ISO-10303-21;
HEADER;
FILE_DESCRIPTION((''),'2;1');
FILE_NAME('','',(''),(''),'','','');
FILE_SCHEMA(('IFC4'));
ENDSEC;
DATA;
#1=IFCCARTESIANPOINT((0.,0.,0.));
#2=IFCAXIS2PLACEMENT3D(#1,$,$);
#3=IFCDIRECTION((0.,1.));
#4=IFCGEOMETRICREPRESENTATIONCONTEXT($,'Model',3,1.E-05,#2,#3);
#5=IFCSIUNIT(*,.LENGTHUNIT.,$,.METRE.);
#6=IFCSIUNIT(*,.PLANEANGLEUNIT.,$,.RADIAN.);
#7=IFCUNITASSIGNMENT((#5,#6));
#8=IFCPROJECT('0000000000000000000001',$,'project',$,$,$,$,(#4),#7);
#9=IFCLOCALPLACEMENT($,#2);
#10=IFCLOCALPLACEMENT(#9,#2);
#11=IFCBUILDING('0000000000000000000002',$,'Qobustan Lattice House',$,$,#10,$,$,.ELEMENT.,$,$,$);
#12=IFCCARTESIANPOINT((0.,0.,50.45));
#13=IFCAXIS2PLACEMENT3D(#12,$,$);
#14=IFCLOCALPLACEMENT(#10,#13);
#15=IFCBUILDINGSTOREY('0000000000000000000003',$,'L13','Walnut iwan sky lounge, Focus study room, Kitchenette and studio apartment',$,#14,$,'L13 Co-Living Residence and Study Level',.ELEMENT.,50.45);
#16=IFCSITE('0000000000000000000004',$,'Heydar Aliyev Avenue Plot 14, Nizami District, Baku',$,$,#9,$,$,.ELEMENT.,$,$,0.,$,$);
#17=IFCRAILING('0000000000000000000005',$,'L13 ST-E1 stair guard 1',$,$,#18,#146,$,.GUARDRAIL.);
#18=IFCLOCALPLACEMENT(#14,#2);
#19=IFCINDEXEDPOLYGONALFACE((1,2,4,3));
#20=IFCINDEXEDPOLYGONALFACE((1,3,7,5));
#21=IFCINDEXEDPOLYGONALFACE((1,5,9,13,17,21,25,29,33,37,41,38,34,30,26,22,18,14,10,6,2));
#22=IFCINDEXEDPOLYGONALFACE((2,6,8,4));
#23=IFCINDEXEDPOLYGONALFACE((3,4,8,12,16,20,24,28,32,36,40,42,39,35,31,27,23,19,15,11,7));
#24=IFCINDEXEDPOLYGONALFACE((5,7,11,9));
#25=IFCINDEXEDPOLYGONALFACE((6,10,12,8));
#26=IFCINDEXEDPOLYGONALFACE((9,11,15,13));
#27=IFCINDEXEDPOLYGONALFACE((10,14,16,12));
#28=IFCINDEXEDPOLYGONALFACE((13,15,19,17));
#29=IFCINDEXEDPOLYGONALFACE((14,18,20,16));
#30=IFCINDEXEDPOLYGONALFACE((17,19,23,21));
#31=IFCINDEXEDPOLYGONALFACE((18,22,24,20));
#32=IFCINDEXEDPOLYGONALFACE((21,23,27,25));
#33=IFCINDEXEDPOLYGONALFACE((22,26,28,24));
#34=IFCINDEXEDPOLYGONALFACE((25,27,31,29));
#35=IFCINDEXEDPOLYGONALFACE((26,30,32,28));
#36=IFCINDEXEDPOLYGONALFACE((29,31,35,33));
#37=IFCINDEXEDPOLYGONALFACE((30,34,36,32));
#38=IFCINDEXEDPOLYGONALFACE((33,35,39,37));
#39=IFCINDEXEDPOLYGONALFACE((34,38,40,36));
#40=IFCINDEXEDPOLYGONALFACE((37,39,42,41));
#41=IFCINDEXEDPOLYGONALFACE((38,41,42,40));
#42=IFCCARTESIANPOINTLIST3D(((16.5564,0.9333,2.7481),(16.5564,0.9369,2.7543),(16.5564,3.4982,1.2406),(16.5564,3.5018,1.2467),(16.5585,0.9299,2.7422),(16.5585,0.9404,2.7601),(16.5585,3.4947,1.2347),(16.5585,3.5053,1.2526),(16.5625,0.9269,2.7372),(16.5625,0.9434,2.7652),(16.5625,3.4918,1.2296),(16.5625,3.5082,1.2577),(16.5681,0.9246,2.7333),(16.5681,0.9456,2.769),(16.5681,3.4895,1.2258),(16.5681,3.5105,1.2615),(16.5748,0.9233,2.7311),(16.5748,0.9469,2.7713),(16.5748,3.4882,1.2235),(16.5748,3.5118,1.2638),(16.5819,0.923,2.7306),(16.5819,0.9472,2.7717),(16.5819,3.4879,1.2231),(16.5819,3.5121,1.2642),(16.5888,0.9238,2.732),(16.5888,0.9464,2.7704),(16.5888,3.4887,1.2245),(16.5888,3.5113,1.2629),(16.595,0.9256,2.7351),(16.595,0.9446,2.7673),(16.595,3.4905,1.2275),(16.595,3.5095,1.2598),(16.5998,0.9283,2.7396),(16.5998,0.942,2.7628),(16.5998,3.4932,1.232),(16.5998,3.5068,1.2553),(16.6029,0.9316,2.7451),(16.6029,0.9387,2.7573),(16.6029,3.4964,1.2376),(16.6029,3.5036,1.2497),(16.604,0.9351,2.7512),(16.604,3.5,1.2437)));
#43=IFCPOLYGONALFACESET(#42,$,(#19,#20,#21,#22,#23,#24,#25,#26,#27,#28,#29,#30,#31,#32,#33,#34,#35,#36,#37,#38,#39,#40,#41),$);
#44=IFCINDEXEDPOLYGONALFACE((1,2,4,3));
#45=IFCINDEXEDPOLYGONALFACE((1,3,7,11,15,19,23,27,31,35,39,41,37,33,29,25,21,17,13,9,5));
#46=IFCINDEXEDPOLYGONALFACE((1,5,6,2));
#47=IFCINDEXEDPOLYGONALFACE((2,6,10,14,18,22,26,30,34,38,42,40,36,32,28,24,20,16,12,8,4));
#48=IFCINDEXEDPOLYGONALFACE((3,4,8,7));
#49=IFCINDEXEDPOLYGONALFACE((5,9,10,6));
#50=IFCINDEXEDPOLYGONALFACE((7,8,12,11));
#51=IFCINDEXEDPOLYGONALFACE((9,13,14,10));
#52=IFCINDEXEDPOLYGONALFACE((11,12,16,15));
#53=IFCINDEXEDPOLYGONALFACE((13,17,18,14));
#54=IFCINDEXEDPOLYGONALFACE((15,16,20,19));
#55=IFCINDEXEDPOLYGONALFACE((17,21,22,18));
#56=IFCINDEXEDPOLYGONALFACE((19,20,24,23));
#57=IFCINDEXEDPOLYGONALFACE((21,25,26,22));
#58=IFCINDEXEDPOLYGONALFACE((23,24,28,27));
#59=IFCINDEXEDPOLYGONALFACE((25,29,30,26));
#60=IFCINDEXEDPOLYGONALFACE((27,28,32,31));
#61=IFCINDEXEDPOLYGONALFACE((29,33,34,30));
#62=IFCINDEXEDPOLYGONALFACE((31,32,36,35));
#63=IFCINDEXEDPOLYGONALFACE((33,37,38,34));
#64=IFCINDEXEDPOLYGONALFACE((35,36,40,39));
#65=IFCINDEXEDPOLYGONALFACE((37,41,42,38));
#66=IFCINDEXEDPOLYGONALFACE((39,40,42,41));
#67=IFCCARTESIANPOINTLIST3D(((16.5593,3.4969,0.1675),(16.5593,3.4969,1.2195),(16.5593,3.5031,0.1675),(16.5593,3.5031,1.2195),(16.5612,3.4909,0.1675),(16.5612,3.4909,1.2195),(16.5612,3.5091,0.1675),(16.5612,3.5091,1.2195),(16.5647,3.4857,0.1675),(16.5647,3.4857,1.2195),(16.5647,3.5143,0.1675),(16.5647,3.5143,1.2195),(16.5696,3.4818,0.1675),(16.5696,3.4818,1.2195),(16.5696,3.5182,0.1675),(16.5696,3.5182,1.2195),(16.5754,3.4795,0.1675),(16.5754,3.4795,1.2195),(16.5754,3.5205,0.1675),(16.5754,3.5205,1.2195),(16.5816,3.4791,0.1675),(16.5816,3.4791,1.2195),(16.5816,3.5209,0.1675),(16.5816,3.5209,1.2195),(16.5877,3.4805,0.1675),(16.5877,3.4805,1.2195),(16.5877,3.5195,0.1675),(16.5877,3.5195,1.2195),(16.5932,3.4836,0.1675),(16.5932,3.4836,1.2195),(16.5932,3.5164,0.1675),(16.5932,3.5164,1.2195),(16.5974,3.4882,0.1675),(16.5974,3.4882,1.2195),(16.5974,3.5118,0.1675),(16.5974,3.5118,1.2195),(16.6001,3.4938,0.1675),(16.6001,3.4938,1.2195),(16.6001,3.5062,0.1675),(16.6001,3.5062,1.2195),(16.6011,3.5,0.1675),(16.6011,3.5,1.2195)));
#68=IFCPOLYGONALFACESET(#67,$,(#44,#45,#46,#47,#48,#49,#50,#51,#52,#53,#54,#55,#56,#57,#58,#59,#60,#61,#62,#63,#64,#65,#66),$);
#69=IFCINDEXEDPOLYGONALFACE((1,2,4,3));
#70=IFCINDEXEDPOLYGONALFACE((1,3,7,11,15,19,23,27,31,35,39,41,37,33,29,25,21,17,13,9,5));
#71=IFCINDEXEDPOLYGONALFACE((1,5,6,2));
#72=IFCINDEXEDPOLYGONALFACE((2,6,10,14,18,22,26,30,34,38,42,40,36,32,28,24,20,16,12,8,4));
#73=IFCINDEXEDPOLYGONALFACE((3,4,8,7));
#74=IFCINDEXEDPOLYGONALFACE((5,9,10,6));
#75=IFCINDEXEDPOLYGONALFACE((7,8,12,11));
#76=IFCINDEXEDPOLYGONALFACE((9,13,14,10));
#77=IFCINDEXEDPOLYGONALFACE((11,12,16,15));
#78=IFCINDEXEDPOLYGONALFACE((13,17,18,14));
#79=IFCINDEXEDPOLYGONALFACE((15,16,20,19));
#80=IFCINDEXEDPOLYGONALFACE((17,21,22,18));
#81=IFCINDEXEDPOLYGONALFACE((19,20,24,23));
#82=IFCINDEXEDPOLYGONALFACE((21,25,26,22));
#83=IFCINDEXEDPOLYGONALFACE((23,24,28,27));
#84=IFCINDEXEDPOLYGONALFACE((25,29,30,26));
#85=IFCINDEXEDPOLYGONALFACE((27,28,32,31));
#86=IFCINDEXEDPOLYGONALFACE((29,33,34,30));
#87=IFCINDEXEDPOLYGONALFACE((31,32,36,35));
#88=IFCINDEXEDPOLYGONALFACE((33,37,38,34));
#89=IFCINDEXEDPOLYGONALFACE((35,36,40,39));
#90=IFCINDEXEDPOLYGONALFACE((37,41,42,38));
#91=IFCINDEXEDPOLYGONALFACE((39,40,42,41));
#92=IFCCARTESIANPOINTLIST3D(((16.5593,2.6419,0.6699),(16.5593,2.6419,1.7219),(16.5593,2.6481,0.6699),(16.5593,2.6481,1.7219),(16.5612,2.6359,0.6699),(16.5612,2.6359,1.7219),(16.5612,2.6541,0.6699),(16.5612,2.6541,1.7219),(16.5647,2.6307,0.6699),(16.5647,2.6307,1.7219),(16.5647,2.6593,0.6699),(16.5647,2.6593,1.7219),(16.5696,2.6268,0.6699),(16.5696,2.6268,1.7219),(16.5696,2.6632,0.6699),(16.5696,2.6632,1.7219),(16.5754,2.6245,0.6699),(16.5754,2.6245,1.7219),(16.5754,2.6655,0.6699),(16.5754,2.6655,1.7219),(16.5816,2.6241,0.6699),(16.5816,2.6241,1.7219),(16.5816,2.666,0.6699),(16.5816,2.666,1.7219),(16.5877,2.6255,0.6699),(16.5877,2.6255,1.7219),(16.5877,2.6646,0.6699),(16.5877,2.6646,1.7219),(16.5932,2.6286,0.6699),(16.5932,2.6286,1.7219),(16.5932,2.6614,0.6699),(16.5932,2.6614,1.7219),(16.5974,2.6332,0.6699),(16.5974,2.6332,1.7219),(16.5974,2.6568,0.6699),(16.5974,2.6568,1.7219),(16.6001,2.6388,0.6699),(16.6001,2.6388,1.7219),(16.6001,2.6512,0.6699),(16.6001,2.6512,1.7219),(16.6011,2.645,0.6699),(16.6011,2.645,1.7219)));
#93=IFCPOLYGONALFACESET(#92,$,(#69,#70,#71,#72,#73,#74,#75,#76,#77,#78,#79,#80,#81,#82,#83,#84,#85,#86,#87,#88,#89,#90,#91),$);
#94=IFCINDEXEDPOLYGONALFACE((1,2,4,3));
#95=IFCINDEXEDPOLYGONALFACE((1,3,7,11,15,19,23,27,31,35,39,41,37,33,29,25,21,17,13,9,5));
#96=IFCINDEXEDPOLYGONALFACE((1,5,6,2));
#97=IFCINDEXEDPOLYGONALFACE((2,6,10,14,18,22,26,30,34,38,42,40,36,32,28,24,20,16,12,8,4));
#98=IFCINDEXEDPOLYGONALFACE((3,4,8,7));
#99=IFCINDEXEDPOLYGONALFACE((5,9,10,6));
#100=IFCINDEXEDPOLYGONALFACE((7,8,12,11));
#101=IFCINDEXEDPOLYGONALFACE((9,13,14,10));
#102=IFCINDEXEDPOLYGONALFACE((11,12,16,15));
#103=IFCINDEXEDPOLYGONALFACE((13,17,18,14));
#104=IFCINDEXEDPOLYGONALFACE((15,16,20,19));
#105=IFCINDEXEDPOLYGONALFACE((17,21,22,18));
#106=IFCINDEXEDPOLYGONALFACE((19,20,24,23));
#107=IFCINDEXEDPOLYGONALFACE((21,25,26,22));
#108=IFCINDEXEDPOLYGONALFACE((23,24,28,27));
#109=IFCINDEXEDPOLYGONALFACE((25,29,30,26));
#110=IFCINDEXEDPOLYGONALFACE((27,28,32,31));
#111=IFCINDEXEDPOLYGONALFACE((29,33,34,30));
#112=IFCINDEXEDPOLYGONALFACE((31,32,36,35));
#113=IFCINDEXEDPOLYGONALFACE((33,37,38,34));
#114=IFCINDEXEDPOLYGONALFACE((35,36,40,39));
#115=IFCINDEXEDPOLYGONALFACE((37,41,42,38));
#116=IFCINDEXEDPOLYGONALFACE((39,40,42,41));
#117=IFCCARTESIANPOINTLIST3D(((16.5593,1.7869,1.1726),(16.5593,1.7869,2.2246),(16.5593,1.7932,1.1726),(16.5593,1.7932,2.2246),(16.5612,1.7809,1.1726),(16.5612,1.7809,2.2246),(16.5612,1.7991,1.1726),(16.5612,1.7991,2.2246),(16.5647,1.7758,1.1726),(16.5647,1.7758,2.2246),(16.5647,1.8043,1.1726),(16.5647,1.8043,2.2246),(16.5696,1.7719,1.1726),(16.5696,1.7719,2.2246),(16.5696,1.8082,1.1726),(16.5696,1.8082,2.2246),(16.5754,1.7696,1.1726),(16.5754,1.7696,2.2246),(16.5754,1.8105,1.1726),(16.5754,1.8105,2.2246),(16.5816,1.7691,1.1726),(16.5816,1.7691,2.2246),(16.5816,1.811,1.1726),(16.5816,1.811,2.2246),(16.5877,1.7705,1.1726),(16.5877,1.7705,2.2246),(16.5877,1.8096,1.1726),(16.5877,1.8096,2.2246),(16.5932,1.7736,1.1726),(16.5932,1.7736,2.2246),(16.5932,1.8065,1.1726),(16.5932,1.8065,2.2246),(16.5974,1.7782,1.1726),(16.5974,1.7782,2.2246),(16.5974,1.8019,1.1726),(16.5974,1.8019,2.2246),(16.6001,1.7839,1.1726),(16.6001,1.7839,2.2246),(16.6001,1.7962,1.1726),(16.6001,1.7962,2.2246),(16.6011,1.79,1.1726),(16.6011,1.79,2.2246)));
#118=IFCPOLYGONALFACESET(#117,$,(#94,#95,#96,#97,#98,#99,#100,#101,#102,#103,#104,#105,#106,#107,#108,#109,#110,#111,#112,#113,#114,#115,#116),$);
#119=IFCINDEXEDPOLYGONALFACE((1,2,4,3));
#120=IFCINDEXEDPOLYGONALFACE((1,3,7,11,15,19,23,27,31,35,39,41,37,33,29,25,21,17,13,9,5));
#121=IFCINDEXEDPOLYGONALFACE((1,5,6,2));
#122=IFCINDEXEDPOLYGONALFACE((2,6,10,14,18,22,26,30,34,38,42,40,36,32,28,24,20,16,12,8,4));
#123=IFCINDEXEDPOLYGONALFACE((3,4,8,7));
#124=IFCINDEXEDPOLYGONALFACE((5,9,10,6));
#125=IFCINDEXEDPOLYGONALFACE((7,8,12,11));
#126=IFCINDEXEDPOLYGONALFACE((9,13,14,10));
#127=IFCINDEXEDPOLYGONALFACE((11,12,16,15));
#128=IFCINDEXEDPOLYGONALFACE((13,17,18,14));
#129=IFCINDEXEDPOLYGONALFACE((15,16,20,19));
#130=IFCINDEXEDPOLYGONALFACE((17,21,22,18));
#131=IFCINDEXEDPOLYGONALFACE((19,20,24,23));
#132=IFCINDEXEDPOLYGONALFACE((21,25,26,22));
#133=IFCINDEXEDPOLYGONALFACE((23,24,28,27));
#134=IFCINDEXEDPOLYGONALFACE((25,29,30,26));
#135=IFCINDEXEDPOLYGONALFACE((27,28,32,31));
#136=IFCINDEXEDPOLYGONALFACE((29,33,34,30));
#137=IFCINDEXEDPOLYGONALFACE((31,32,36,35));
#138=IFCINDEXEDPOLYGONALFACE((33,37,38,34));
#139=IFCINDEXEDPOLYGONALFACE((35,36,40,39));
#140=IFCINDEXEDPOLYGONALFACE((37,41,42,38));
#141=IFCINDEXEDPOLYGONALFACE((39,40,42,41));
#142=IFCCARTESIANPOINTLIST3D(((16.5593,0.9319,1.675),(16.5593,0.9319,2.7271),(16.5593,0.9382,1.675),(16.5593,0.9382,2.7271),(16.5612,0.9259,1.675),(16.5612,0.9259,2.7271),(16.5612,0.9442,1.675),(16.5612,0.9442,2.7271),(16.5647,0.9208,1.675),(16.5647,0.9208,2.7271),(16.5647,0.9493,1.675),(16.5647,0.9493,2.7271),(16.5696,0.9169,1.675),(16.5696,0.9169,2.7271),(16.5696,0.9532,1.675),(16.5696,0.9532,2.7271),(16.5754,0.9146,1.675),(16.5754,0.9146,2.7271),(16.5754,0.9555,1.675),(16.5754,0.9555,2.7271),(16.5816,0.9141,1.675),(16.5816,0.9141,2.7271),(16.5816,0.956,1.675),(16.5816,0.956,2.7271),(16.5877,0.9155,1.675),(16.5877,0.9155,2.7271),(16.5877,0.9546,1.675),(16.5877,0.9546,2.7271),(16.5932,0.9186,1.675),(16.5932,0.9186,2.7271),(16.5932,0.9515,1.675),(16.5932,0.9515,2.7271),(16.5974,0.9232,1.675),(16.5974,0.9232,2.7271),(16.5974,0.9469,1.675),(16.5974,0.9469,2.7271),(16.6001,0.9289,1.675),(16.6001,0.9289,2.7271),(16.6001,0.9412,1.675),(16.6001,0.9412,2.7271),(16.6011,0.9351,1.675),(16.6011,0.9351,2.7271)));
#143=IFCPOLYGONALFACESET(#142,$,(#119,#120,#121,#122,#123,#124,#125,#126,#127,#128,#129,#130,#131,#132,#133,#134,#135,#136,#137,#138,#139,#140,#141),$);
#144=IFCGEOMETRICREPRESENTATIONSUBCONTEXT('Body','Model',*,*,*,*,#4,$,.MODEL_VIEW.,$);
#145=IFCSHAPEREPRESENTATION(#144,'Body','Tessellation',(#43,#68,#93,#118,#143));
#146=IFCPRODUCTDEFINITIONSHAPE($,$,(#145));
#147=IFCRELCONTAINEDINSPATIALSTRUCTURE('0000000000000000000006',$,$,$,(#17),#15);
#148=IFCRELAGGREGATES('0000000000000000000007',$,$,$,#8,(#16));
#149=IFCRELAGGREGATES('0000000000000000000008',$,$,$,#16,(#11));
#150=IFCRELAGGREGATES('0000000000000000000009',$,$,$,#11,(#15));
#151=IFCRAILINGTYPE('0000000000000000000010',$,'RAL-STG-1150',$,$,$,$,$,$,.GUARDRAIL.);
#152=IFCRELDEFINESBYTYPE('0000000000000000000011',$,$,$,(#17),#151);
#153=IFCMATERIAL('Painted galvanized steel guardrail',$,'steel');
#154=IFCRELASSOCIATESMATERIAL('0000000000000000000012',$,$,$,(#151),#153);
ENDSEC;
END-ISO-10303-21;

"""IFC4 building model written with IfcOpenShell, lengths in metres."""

from ifc_helpers import new_model, si_unit, direction, frame, origin, origin_2d, place, context, subcontext, project, spatial, circle, extrude, material, type_object, element, save


model = new_model("IFC4")

# Units and contexts
model_context = context("Model", 3, precision=1e-05, world=origin(), true_north=direction((0.0, 1.0)))
body_context = subcontext(model_context, "Body", "Model", "MODEL_VIEW")
ifc_project = project(units=[si_unit("LENGTHUNIT", "METRE"), si_unit("PLANEANGLEUNIT", "RADIAN")], contexts=[model_context])

# Site, building, storey
site_placement = place(None, origin())
site = spatial("IfcSite", under=ifc_project, at=site_placement, Name="Heydar Aliyev Avenue Plot 14, Nizami District, Baku", CompositionType="ELEMENT", RefElevation=0.0)
building_placement = place(site_placement, origin())
building = spatial("IfcBuilding", under=site, at=building_placement, Name="Qobustan Lattice House", CompositionType="ELEMENT")
storey_placement = place(building_placement, frame((0.0, 0.0, 50.45)))
storey = spatial("IfcBuildingStorey", under=building, at=storey_placement, Name="L13", Description="Walnut iwan sky lounge, Focus study room, Kitchenette and studio apartment", LongName="L13 Co-Living Residence and Study Level", CompositionType="ELEMENT", Elevation=50.45)

# Railing
ifc_material_1 = material(Name="Painted galvanized steel guardrail", Category="steel")
railing_type_1 = type_object("IfcRailingType", Name="RAL-STG-1150", PredefinedType="GUARDRAIL", material=ifc_material_1)
railing_1_placement = place(storey_placement, frame((16.5801, 3.5, 0.1675)))
element("IfcRailing", 1, at=railing_1_placement, inside=storey, type_object=railing_type_1, Name="L13 ST-E1 stair guard 1", PredefinedType="GUARDRAIL", context=body_context, shape_type="SweptSolid", body=[
    extrude(circle(Radius=0.0239, at=origin_2d()), frame((0.0, 0.0, 1.0762), z_axis=(0.0, -0.862113, 0.506715), x_axis=(1.0, 0.0, 0.0)), (0.0, 0.0, 1.0), 2.9751),
    extrude(circle(Radius=0.021, at=origin_2d()), origin(), (0.0, 0.0, 1.0), 1.052),
    extrude(circle(Radius=0.021, at=origin_2d()), frame((0.0, -0.855, 0.5024)), (0.0, 0.0, 1.0), 1.052),
    extrude(circle(Radius=0.021, at=origin_2d()), frame((0.0, -1.71, 1.0051)), (0.0, 0.0, 1.0), 1.052),
    extrude(circle(Radius=0.021, at=origin_2d()), frame((0.0, -2.5649, 1.5076)), (0.0, 0.0, 1.0), 1.052),
])

save(model, "model.ifc")
